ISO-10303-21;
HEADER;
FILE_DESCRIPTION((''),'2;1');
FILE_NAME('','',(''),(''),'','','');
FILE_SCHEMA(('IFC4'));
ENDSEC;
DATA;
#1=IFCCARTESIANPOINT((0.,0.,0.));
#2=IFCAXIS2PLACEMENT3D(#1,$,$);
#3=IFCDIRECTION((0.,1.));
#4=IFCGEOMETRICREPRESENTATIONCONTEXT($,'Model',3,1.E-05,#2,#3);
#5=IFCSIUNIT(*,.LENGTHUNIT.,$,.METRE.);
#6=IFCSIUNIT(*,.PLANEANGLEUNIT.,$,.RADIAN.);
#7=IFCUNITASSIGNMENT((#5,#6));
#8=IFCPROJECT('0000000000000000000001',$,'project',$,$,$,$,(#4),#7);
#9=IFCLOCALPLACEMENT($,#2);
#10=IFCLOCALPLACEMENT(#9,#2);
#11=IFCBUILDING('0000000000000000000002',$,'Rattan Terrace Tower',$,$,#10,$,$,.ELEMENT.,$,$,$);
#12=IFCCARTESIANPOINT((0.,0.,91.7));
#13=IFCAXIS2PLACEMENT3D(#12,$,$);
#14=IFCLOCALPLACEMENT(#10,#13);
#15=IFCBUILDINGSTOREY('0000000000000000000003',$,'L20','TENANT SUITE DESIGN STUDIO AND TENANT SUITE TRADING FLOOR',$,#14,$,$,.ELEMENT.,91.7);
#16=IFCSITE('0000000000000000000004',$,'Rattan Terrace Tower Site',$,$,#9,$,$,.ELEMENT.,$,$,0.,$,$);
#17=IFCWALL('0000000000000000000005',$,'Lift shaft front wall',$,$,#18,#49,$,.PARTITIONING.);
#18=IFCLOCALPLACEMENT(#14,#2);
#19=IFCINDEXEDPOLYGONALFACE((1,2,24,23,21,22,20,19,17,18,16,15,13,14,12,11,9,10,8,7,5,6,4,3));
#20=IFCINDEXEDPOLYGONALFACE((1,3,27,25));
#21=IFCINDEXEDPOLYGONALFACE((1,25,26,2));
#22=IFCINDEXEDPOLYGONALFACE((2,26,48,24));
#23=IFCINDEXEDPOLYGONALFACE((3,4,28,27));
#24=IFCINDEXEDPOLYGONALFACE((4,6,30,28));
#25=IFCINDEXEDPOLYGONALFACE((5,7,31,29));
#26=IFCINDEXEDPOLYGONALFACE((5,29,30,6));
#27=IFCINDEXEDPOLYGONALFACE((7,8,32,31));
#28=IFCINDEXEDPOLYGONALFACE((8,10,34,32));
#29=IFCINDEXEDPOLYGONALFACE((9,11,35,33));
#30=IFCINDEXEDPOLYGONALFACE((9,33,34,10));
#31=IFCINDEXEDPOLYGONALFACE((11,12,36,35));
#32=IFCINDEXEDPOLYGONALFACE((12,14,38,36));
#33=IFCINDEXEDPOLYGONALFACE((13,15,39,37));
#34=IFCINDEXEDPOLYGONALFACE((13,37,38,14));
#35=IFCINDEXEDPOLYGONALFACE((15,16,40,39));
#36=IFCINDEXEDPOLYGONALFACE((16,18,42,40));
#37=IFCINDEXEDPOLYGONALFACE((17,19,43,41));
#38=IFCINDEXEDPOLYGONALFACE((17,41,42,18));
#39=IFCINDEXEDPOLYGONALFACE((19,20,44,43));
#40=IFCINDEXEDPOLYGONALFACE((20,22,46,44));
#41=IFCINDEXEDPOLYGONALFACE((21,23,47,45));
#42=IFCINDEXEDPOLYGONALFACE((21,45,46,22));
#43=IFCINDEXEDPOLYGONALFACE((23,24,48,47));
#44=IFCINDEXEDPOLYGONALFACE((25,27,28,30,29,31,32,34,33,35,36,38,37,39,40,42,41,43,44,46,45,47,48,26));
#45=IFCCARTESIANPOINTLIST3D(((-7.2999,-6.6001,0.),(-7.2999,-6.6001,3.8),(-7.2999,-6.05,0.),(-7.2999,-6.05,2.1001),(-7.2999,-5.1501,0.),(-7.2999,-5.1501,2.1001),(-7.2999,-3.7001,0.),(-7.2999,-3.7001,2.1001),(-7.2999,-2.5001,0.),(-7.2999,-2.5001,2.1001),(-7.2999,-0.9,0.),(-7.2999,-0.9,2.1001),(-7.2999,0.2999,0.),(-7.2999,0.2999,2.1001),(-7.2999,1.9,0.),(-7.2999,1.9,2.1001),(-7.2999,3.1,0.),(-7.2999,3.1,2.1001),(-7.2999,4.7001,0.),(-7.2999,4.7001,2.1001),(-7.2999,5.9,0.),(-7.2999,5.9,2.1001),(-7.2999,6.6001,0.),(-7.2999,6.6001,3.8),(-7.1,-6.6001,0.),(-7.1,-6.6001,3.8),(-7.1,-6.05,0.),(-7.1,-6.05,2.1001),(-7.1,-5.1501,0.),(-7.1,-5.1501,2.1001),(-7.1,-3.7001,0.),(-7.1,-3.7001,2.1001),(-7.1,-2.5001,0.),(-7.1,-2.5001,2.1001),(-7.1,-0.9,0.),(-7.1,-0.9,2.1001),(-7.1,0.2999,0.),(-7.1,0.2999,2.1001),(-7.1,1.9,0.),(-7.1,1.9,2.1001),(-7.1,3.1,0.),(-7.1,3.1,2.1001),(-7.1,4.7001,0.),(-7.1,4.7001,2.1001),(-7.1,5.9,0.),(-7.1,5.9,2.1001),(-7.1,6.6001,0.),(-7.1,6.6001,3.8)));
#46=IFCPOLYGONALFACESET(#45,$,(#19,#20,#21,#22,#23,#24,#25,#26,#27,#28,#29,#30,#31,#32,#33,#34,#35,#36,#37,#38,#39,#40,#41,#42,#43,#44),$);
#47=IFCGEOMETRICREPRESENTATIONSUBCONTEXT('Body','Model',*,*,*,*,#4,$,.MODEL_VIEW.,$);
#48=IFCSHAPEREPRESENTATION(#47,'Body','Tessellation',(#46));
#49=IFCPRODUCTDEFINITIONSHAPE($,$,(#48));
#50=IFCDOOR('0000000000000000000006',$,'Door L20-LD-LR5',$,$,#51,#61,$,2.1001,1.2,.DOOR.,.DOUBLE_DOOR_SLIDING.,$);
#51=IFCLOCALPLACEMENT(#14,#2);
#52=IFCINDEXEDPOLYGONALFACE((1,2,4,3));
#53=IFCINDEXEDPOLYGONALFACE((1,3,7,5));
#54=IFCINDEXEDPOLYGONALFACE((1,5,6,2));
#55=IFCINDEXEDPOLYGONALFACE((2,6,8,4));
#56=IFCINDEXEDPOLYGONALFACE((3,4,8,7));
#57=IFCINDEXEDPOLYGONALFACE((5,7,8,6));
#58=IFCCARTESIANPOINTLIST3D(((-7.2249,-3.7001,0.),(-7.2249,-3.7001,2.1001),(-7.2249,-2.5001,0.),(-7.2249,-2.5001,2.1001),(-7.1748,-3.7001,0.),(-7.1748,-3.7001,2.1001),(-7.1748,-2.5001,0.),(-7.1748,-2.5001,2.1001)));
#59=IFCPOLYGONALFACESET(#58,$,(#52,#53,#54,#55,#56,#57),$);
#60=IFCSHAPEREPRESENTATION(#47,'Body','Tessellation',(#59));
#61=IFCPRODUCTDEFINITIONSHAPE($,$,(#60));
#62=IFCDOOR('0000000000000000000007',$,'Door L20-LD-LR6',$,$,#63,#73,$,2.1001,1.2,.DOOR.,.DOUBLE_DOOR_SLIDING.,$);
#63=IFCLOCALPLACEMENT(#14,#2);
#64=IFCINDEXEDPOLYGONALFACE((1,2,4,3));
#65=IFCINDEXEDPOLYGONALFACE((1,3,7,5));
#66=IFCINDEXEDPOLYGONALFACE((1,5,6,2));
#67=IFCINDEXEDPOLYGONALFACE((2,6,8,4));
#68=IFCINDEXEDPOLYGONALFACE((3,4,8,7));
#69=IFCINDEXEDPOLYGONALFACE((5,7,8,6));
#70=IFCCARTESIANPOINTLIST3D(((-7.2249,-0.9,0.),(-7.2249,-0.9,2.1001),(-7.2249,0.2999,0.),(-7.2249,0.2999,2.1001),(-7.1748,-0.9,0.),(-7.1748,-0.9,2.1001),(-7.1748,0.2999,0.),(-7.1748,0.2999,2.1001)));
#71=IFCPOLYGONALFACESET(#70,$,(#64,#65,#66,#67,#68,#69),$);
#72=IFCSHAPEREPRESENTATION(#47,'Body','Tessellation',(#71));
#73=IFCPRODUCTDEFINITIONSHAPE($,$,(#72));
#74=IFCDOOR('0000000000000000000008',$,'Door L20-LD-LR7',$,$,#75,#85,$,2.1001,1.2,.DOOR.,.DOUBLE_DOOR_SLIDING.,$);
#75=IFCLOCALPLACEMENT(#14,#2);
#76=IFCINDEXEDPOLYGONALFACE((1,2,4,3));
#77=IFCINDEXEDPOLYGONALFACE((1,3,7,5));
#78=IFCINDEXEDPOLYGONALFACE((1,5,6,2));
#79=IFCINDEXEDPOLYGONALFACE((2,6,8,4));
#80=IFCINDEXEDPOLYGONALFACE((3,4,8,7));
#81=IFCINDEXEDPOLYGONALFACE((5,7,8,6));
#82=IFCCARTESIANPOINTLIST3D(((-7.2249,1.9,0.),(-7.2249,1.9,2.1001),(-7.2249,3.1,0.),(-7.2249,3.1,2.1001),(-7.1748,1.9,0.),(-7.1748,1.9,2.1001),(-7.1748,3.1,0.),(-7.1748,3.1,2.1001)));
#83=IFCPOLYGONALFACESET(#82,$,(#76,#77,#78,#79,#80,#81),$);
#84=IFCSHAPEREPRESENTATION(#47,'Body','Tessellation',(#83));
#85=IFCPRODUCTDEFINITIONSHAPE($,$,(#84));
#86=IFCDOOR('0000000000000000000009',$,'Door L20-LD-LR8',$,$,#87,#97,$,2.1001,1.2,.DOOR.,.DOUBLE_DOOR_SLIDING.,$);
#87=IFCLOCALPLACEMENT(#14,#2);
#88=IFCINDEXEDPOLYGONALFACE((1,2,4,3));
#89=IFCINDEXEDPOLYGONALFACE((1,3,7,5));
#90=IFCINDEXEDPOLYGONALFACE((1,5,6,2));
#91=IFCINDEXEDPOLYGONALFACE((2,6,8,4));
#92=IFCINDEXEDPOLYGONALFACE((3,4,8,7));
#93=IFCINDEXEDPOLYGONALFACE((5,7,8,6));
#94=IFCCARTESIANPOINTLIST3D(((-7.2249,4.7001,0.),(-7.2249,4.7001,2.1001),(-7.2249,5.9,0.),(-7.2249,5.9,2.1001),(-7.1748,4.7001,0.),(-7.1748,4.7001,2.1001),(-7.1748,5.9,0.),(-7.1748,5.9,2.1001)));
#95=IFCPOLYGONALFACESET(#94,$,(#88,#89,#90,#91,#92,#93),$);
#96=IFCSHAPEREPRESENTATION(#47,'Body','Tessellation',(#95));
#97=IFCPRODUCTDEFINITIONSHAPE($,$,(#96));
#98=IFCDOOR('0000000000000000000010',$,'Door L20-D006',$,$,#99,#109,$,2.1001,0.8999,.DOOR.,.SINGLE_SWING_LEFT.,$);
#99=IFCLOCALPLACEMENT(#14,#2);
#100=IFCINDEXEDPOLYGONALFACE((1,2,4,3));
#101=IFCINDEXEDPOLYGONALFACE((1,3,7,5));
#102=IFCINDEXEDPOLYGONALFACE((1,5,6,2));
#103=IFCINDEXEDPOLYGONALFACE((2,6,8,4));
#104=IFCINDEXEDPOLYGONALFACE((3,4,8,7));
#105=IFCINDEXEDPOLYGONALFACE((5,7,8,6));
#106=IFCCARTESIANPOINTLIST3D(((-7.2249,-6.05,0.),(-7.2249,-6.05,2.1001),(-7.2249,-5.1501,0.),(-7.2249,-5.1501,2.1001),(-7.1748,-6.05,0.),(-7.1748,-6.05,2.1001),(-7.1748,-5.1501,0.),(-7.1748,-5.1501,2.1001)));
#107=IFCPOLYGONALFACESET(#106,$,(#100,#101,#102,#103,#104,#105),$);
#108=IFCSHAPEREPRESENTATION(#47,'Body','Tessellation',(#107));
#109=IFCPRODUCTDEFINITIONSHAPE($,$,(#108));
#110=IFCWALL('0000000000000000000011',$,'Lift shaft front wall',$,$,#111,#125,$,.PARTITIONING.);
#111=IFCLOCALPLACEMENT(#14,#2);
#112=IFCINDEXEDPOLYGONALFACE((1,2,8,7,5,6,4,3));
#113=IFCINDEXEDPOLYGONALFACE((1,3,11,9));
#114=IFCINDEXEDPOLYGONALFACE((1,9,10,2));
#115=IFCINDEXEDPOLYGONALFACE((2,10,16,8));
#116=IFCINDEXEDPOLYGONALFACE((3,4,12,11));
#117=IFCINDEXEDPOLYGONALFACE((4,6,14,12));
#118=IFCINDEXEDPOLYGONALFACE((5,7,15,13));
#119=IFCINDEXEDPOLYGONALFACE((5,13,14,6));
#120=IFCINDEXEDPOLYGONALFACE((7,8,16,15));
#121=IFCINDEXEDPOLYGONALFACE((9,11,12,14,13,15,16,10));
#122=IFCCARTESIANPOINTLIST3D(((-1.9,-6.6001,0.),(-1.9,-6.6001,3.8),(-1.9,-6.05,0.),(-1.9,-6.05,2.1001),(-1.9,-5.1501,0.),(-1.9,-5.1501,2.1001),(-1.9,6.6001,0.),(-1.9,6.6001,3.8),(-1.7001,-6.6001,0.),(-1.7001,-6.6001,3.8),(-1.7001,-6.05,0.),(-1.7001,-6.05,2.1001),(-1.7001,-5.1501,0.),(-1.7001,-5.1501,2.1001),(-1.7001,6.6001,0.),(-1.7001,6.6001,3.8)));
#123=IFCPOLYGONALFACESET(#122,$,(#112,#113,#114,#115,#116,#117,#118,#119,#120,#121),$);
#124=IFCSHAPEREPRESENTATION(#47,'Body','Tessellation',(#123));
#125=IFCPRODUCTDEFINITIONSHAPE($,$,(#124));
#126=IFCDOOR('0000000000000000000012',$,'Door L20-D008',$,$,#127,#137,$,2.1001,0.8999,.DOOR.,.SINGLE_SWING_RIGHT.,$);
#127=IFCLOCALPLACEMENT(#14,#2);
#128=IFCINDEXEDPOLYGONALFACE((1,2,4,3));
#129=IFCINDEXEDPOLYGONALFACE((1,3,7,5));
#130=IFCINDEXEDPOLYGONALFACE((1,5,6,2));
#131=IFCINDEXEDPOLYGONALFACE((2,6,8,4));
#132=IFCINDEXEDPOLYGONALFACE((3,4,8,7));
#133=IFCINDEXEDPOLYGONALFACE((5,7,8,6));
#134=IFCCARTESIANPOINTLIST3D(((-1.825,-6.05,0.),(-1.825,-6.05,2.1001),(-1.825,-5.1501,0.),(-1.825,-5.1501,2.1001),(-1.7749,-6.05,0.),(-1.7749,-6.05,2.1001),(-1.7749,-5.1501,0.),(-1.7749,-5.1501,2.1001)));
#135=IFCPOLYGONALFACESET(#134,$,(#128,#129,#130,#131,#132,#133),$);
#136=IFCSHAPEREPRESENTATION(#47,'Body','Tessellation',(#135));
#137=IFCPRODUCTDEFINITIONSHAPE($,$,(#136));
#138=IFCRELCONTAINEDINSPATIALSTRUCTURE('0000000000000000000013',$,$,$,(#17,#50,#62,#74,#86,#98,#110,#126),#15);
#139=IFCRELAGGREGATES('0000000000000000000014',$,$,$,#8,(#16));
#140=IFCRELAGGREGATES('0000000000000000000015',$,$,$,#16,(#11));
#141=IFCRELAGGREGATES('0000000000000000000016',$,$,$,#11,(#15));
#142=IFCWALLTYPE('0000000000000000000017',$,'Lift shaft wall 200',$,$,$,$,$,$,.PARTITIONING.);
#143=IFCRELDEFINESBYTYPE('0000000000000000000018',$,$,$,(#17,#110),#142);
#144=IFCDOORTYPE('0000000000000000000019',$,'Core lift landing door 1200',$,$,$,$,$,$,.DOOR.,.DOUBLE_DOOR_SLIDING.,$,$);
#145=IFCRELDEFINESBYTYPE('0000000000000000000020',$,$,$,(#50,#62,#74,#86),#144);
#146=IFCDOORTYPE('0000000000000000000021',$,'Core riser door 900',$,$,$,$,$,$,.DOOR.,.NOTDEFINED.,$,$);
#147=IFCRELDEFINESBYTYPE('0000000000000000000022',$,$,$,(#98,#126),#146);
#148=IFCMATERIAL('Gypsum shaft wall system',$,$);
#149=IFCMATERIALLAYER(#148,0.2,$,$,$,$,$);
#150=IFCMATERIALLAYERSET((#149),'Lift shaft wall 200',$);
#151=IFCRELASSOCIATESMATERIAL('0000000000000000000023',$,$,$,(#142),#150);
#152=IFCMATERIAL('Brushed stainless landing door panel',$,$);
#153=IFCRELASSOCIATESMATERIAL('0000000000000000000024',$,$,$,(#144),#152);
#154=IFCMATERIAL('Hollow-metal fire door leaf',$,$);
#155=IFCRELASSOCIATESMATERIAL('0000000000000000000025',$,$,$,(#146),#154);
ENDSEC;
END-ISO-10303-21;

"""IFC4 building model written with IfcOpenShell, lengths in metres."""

from ifc_helpers import new_model, si_unit, direction, frame, frame_2d, origin, place, context, subcontext, project, spatial, rectangle, extrude, material, layer, layer_set, type_object, element, fill, save


model = new_model("IFC4")

# Units and contexts
model_context = context("Model", 3, precision=1e-05, world=origin(), true_north=direction((0.0, 1.0)))
body_context = subcontext(model_context, "Body", "Model", "MODEL_VIEW")
ifc_project = project(units=[si_unit("LENGTHUNIT", "METRE"), si_unit("PLANEANGLEUNIT", "RADIAN")], contexts=[model_context])

# Site, building, storey
site_placement = place(None, origin())
site = spatial("IfcSite", under=ifc_project, at=site_placement, Name="Rattan Terrace Tower Site", CompositionType="ELEMENT", RefElevation=0.0)
building_placement = place(site_placement, origin())
building = spatial("IfcBuilding", under=site, at=building_placement, Name="Rattan Terrace Tower", CompositionType="ELEMENT")
storey_placement = place(building_placement, frame((0.0, 0.0, 91.7)))
storey = spatial("IfcBuildingStorey", under=building, at=storey_placement, Name="L20", Description="TENANT SUITE DESIGN STUDIO AND TENANT SUITE TRADING FLOOR", CompositionType="ELEMENT", Elevation=91.7)

# Wall, openings, doors
ifc_material_1 = material(Name="Gypsum shaft wall system")
ifc_layer_1 = layer(ifc_material_1, 0.2)
ifc_layer_set_1 = layer_set([ifc_layer_1], Name="Lift shaft wall 200")
wall_type_1 = type_object("IfcWallType", Name="Lift shaft wall 200", PredefinedType="PARTITIONING", material=ifc_layer_set_1)
ifc_material_2 = material(Name="Brushed stainless landing door panel")
door_type_1 = type_object("IfcDoorType", Name="Core lift landing door 1200", OperationType="DOUBLE_DOOR_SLIDING", PredefinedType="DOOR", material=ifc_material_2)
ifc_material_3 = material(Name="Hollow-metal fire door leaf")
door_type_2 = type_object("IfcDoorType", Name="Core riser door 900", OperationType="NOTDEFINED", PredefinedType="DOOR", material=ifc_material_3)
wall_1_placement = place(storey_placement, frame((-7.2, -6.6001, 0.0), z_axis=(0.0, 0.0, 1.0), x_axis=(0.0, 1.0, 0.0)))
wall_1 = element("IfcWall", 1, at=wall_1_placement, inside=storey, type_object=wall_type_1, Name="Lift shaft front wall", PredefinedType="PARTITIONING", context=body_context, shape_type="SweptSolid", body=[
    extrude(rectangle(XDim=13.2002, YDim=0.2, at=frame_2d((6.6001, 0.0))), origin(), (0.0, 0.0, 1.0), 3.8),
])
opening_1_placement = place(wall_1_placement, frame((0.55, 0.0, 0.0)))
opening_1 = element("IfcOpeningElement", 2, at=opening_1_placement, cuts=wall_1, PredefinedType="OPENING", context=body_context, shape_type="SweptSolid", body=[
    extrude(rectangle(XDim=0.8999, YDim=2.1001, at=frame_2d((0.45, 1.05))), frame((0.0, 0.1106, 0.0), z_axis=(0.0, -1.0, 0.0), x_axis=(1.0, 0.0, 0.0)), (0.0, 0.0, 1.0), 0.2209),
])
opening_2_placement = place(wall_1_placement, frame((2.8999, 0.0, 0.0)))
opening_2 = element("IfcOpeningElement", 3, at=opening_2_placement, cuts=wall_1, PredefinedType="OPENING", context=body_context, shape_type="SweptSolid", body=[
    extrude(rectangle(XDim=1.2, YDim=2.1001, at=frame_2d((0.6001, 1.05))), frame((0.0, 0.1106, 0.0), z_axis=(0.0, -1.0, 0.0), x_axis=(1.0, 0.0, 0.0)), (0.0, 0.0, 1.0), 0.2209),
])
opening_3_placement = place(wall_1_placement, frame((5.7, 0.0, 0.0)))
opening_3 = element("IfcOpeningElement", 4, at=opening_3_placement, cuts=wall_1, PredefinedType="OPENING", context=body_context, shape_type="SweptSolid", body=[
    extrude(rectangle(XDim=1.2, YDim=2.1001, at=frame_2d((0.6001, 1.05))), frame((0.0, 0.1106, 0.0), z_axis=(0.0, -1.0, 0.0), x_axis=(1.0, 0.0, 0.0)), (0.0, 0.0, 1.0), 0.2209),
])
opening_4_placement = place(wall_1_placement, frame((8.5, 0.0, 0.0)))
opening_4 = element("IfcOpeningElement", 5, at=opening_4_placement, cuts=wall_1, PredefinedType="OPENING", context=body_context, shape_type="SweptSolid", body=[
    extrude(rectangle(XDim=1.2, YDim=2.1001, at=frame_2d((0.6001, 1.05))), frame((0.0, 0.1106, 0.0), z_axis=(0.0, -1.0, 0.0), x_axis=(1.0, 0.0, 0.0)), (0.0, 0.0, 1.0), 0.2209),
])
opening_5_placement = place(wall_1_placement, frame((11.3, 0.0, 0.0)))
opening_5 = element("IfcOpeningElement", 6, at=opening_5_placement, cuts=wall_1, PredefinedType="OPENING", context=body_context, shape_type="SweptSolid", body=[
    extrude(rectangle(XDim=1.2, YDim=2.1001, at=frame_2d((0.6001, 1.05))), frame((0.0, 0.1106, 0.0), z_axis=(0.0, -1.0, 0.0), x_axis=(1.0, 0.0, 0.0)), (0.0, 0.0, 1.0), 0.2209),
])
door_1_placement = place(opening_2_placement, origin())
door_1 = element("IfcDoor", 7, at=door_1_placement, inside=storey, type_object=door_type_1, Name="Door L20-LD-LR5", OperationType="DOUBLE_DOOR_SLIDING", OverallHeight=2.1001, OverallWidth=1.2, PredefinedType="DOOR", context=body_context, shape_type="SweptSolid", body=[
    extrude(rectangle(XDim=1.2, YDim=2.1001, at=frame_2d((0.6001, 1.05))), frame((0.0, 0.0249, 0.0), z_axis=(0.0, -1.0, 0.0), x_axis=(1.0, 0.0, 0.0)), (0.0, 0.0, 1.0), 0.05),
])
fill(opening_2, door_1)
door_2_placement = place(opening_3_placement, origin())
door_2 = element("IfcDoor", 8, at=door_2_placement, inside=storey, type_object=door_type_1, Name="Door L20-LD-LR6", OperationType="DOUBLE_DOOR_SLIDING", OverallHeight=2.1001, OverallWidth=1.2, PredefinedType="DOOR", context=body_context, shape_type="SweptSolid", body=[
    extrude(rectangle(XDim=1.2, YDim=2.1001, at=frame_2d((0.6001, 1.05))), frame((0.0, 0.0249, 0.0), z_axis=(0.0, -1.0, 0.0), x_axis=(1.0, 0.0, 0.0)), (0.0, 0.0, 1.0), 0.05),
])
fill(opening_3, door_2)
door_3_placement = place(opening_4_placement, origin())
door_3 = element("IfcDoor", 9, at=door_3_placement, inside=storey, type_object=door_type_1, Name="Door L20-LD-LR7", OperationType="DOUBLE_DOOR_SLIDING", OverallHeight=2.1001, OverallWidth=1.2, PredefinedType="DOOR", context=body_context, shape_type="SweptSolid", body=[
    extrude(rectangle(XDim=1.2, YDim=2.1001, at=frame_2d((0.6001, 1.05))), frame((0.0, 0.0249, 0.0), z_axis=(0.0, -1.0, 0.0), x_axis=(1.0, 0.0, 0.0)), (0.0, 0.0, 1.0), 0.05),
])
fill(opening_4, door_3)
door_4_placement = place(opening_5_placement, origin())
door_4 = element("IfcDoor", 10, at=door_4_placement, inside=storey, type_object=door_type_1, Name="Door L20-LD-LR8", OperationType="DOUBLE_DOOR_SLIDING", OverallHeight=2.1001, OverallWidth=1.2, PredefinedType="DOOR", context=body_context, shape_type="SweptSolid", body=[
    extrude(rectangle(XDim=1.2, YDim=2.1001, at=frame_2d((0.6001, 1.05))), frame((0.0, 0.0249, 0.0), z_axis=(0.0, -1.0, 0.0), x_axis=(1.0, 0.0, 0.0)), (0.0, 0.0, 1.0), 0.05),
])
fill(opening_5, door_4)
door_5_placement = place(opening_1_placement, origin())
door_5 = element("IfcDoor", 11, at=door_5_placement, inside=storey, type_object=door_type_2, Name="Door L20-D006", OperationType="SINGLE_SWING_LEFT", OverallHeight=2.1001, OverallWidth=0.8999, PredefinedType="DOOR", context=body_context, shape_type="SweptSolid", body=[
    extrude(rectangle(XDim=0.8999, YDim=2.1001, at=frame_2d((0.45, 1.05))), frame((0.0, 0.0249, 0.0), z_axis=(0.0, -1.0, 0.0), x_axis=(1.0, 0.0, 0.0)), (0.0, 0.0, 1.0), 0.05),
])
fill(opening_1, door_5)

# Wall, opening, door
wall_2_placement = place(storey_placement, frame((-1.8, -6.6001, 0.0), z_axis=(0.0, 0.0, 1.0), x_axis=(0.0, 1.0, 0.0)))
wall_2 = element("IfcWall", 12, at=wall_2_placement, inside=storey, type_object=wall_type_1, Name="Lift shaft front wall", PredefinedType="PARTITIONING", context=body_context, shape_type="SweptSolid", body=[
    extrude(rectangle(XDim=13.2002, YDim=0.2, at=frame_2d((6.6001, 0.0))), origin(), (0.0, 0.0, 1.0), 3.8),
])
opening_6_placement = place(wall_2_placement, frame((0.55, 0.0, 0.0)))
opening_6 = element("IfcOpeningElement", 13, at=opening_6_placement, cuts=wall_2, PredefinedType="OPENING", context=body_context, shape_type="SweptSolid", body=[
    extrude(rectangle(XDim=0.8999, YDim=2.1001, at=frame_2d((0.45, 1.05))), frame((0.0, 0.1106, 0.0), z_axis=(0.0, -1.0, 0.0), x_axis=(1.0, 0.0, 0.0)), (0.0, 0.0, 1.0), 0.2209),
])
door_6_placement = place(opening_6_placement, origin())
door_6 = element("IfcDoor", 14, at=door_6_placement, inside=storey, type_object=door_type_2, Name="Door L20-D008", OperationType="SINGLE_SWING_RIGHT", OverallHeight=2.1001, OverallWidth=0.8999, PredefinedType="DOOR", context=body_context, shape_type="SweptSolid", body=[
    extrude(rectangle(XDim=0.8999, YDim=2.1001, at=frame_2d((0.45, 1.05))), frame((0.0, 0.0249, 0.0), z_axis=(0.0, -1.0, 0.0), x_axis=(1.0, 0.0, 0.0)), (0.0, 0.0, 1.0), 0.05),
])
fill(opening_6, door_6)

save(model, "model.ifc")
